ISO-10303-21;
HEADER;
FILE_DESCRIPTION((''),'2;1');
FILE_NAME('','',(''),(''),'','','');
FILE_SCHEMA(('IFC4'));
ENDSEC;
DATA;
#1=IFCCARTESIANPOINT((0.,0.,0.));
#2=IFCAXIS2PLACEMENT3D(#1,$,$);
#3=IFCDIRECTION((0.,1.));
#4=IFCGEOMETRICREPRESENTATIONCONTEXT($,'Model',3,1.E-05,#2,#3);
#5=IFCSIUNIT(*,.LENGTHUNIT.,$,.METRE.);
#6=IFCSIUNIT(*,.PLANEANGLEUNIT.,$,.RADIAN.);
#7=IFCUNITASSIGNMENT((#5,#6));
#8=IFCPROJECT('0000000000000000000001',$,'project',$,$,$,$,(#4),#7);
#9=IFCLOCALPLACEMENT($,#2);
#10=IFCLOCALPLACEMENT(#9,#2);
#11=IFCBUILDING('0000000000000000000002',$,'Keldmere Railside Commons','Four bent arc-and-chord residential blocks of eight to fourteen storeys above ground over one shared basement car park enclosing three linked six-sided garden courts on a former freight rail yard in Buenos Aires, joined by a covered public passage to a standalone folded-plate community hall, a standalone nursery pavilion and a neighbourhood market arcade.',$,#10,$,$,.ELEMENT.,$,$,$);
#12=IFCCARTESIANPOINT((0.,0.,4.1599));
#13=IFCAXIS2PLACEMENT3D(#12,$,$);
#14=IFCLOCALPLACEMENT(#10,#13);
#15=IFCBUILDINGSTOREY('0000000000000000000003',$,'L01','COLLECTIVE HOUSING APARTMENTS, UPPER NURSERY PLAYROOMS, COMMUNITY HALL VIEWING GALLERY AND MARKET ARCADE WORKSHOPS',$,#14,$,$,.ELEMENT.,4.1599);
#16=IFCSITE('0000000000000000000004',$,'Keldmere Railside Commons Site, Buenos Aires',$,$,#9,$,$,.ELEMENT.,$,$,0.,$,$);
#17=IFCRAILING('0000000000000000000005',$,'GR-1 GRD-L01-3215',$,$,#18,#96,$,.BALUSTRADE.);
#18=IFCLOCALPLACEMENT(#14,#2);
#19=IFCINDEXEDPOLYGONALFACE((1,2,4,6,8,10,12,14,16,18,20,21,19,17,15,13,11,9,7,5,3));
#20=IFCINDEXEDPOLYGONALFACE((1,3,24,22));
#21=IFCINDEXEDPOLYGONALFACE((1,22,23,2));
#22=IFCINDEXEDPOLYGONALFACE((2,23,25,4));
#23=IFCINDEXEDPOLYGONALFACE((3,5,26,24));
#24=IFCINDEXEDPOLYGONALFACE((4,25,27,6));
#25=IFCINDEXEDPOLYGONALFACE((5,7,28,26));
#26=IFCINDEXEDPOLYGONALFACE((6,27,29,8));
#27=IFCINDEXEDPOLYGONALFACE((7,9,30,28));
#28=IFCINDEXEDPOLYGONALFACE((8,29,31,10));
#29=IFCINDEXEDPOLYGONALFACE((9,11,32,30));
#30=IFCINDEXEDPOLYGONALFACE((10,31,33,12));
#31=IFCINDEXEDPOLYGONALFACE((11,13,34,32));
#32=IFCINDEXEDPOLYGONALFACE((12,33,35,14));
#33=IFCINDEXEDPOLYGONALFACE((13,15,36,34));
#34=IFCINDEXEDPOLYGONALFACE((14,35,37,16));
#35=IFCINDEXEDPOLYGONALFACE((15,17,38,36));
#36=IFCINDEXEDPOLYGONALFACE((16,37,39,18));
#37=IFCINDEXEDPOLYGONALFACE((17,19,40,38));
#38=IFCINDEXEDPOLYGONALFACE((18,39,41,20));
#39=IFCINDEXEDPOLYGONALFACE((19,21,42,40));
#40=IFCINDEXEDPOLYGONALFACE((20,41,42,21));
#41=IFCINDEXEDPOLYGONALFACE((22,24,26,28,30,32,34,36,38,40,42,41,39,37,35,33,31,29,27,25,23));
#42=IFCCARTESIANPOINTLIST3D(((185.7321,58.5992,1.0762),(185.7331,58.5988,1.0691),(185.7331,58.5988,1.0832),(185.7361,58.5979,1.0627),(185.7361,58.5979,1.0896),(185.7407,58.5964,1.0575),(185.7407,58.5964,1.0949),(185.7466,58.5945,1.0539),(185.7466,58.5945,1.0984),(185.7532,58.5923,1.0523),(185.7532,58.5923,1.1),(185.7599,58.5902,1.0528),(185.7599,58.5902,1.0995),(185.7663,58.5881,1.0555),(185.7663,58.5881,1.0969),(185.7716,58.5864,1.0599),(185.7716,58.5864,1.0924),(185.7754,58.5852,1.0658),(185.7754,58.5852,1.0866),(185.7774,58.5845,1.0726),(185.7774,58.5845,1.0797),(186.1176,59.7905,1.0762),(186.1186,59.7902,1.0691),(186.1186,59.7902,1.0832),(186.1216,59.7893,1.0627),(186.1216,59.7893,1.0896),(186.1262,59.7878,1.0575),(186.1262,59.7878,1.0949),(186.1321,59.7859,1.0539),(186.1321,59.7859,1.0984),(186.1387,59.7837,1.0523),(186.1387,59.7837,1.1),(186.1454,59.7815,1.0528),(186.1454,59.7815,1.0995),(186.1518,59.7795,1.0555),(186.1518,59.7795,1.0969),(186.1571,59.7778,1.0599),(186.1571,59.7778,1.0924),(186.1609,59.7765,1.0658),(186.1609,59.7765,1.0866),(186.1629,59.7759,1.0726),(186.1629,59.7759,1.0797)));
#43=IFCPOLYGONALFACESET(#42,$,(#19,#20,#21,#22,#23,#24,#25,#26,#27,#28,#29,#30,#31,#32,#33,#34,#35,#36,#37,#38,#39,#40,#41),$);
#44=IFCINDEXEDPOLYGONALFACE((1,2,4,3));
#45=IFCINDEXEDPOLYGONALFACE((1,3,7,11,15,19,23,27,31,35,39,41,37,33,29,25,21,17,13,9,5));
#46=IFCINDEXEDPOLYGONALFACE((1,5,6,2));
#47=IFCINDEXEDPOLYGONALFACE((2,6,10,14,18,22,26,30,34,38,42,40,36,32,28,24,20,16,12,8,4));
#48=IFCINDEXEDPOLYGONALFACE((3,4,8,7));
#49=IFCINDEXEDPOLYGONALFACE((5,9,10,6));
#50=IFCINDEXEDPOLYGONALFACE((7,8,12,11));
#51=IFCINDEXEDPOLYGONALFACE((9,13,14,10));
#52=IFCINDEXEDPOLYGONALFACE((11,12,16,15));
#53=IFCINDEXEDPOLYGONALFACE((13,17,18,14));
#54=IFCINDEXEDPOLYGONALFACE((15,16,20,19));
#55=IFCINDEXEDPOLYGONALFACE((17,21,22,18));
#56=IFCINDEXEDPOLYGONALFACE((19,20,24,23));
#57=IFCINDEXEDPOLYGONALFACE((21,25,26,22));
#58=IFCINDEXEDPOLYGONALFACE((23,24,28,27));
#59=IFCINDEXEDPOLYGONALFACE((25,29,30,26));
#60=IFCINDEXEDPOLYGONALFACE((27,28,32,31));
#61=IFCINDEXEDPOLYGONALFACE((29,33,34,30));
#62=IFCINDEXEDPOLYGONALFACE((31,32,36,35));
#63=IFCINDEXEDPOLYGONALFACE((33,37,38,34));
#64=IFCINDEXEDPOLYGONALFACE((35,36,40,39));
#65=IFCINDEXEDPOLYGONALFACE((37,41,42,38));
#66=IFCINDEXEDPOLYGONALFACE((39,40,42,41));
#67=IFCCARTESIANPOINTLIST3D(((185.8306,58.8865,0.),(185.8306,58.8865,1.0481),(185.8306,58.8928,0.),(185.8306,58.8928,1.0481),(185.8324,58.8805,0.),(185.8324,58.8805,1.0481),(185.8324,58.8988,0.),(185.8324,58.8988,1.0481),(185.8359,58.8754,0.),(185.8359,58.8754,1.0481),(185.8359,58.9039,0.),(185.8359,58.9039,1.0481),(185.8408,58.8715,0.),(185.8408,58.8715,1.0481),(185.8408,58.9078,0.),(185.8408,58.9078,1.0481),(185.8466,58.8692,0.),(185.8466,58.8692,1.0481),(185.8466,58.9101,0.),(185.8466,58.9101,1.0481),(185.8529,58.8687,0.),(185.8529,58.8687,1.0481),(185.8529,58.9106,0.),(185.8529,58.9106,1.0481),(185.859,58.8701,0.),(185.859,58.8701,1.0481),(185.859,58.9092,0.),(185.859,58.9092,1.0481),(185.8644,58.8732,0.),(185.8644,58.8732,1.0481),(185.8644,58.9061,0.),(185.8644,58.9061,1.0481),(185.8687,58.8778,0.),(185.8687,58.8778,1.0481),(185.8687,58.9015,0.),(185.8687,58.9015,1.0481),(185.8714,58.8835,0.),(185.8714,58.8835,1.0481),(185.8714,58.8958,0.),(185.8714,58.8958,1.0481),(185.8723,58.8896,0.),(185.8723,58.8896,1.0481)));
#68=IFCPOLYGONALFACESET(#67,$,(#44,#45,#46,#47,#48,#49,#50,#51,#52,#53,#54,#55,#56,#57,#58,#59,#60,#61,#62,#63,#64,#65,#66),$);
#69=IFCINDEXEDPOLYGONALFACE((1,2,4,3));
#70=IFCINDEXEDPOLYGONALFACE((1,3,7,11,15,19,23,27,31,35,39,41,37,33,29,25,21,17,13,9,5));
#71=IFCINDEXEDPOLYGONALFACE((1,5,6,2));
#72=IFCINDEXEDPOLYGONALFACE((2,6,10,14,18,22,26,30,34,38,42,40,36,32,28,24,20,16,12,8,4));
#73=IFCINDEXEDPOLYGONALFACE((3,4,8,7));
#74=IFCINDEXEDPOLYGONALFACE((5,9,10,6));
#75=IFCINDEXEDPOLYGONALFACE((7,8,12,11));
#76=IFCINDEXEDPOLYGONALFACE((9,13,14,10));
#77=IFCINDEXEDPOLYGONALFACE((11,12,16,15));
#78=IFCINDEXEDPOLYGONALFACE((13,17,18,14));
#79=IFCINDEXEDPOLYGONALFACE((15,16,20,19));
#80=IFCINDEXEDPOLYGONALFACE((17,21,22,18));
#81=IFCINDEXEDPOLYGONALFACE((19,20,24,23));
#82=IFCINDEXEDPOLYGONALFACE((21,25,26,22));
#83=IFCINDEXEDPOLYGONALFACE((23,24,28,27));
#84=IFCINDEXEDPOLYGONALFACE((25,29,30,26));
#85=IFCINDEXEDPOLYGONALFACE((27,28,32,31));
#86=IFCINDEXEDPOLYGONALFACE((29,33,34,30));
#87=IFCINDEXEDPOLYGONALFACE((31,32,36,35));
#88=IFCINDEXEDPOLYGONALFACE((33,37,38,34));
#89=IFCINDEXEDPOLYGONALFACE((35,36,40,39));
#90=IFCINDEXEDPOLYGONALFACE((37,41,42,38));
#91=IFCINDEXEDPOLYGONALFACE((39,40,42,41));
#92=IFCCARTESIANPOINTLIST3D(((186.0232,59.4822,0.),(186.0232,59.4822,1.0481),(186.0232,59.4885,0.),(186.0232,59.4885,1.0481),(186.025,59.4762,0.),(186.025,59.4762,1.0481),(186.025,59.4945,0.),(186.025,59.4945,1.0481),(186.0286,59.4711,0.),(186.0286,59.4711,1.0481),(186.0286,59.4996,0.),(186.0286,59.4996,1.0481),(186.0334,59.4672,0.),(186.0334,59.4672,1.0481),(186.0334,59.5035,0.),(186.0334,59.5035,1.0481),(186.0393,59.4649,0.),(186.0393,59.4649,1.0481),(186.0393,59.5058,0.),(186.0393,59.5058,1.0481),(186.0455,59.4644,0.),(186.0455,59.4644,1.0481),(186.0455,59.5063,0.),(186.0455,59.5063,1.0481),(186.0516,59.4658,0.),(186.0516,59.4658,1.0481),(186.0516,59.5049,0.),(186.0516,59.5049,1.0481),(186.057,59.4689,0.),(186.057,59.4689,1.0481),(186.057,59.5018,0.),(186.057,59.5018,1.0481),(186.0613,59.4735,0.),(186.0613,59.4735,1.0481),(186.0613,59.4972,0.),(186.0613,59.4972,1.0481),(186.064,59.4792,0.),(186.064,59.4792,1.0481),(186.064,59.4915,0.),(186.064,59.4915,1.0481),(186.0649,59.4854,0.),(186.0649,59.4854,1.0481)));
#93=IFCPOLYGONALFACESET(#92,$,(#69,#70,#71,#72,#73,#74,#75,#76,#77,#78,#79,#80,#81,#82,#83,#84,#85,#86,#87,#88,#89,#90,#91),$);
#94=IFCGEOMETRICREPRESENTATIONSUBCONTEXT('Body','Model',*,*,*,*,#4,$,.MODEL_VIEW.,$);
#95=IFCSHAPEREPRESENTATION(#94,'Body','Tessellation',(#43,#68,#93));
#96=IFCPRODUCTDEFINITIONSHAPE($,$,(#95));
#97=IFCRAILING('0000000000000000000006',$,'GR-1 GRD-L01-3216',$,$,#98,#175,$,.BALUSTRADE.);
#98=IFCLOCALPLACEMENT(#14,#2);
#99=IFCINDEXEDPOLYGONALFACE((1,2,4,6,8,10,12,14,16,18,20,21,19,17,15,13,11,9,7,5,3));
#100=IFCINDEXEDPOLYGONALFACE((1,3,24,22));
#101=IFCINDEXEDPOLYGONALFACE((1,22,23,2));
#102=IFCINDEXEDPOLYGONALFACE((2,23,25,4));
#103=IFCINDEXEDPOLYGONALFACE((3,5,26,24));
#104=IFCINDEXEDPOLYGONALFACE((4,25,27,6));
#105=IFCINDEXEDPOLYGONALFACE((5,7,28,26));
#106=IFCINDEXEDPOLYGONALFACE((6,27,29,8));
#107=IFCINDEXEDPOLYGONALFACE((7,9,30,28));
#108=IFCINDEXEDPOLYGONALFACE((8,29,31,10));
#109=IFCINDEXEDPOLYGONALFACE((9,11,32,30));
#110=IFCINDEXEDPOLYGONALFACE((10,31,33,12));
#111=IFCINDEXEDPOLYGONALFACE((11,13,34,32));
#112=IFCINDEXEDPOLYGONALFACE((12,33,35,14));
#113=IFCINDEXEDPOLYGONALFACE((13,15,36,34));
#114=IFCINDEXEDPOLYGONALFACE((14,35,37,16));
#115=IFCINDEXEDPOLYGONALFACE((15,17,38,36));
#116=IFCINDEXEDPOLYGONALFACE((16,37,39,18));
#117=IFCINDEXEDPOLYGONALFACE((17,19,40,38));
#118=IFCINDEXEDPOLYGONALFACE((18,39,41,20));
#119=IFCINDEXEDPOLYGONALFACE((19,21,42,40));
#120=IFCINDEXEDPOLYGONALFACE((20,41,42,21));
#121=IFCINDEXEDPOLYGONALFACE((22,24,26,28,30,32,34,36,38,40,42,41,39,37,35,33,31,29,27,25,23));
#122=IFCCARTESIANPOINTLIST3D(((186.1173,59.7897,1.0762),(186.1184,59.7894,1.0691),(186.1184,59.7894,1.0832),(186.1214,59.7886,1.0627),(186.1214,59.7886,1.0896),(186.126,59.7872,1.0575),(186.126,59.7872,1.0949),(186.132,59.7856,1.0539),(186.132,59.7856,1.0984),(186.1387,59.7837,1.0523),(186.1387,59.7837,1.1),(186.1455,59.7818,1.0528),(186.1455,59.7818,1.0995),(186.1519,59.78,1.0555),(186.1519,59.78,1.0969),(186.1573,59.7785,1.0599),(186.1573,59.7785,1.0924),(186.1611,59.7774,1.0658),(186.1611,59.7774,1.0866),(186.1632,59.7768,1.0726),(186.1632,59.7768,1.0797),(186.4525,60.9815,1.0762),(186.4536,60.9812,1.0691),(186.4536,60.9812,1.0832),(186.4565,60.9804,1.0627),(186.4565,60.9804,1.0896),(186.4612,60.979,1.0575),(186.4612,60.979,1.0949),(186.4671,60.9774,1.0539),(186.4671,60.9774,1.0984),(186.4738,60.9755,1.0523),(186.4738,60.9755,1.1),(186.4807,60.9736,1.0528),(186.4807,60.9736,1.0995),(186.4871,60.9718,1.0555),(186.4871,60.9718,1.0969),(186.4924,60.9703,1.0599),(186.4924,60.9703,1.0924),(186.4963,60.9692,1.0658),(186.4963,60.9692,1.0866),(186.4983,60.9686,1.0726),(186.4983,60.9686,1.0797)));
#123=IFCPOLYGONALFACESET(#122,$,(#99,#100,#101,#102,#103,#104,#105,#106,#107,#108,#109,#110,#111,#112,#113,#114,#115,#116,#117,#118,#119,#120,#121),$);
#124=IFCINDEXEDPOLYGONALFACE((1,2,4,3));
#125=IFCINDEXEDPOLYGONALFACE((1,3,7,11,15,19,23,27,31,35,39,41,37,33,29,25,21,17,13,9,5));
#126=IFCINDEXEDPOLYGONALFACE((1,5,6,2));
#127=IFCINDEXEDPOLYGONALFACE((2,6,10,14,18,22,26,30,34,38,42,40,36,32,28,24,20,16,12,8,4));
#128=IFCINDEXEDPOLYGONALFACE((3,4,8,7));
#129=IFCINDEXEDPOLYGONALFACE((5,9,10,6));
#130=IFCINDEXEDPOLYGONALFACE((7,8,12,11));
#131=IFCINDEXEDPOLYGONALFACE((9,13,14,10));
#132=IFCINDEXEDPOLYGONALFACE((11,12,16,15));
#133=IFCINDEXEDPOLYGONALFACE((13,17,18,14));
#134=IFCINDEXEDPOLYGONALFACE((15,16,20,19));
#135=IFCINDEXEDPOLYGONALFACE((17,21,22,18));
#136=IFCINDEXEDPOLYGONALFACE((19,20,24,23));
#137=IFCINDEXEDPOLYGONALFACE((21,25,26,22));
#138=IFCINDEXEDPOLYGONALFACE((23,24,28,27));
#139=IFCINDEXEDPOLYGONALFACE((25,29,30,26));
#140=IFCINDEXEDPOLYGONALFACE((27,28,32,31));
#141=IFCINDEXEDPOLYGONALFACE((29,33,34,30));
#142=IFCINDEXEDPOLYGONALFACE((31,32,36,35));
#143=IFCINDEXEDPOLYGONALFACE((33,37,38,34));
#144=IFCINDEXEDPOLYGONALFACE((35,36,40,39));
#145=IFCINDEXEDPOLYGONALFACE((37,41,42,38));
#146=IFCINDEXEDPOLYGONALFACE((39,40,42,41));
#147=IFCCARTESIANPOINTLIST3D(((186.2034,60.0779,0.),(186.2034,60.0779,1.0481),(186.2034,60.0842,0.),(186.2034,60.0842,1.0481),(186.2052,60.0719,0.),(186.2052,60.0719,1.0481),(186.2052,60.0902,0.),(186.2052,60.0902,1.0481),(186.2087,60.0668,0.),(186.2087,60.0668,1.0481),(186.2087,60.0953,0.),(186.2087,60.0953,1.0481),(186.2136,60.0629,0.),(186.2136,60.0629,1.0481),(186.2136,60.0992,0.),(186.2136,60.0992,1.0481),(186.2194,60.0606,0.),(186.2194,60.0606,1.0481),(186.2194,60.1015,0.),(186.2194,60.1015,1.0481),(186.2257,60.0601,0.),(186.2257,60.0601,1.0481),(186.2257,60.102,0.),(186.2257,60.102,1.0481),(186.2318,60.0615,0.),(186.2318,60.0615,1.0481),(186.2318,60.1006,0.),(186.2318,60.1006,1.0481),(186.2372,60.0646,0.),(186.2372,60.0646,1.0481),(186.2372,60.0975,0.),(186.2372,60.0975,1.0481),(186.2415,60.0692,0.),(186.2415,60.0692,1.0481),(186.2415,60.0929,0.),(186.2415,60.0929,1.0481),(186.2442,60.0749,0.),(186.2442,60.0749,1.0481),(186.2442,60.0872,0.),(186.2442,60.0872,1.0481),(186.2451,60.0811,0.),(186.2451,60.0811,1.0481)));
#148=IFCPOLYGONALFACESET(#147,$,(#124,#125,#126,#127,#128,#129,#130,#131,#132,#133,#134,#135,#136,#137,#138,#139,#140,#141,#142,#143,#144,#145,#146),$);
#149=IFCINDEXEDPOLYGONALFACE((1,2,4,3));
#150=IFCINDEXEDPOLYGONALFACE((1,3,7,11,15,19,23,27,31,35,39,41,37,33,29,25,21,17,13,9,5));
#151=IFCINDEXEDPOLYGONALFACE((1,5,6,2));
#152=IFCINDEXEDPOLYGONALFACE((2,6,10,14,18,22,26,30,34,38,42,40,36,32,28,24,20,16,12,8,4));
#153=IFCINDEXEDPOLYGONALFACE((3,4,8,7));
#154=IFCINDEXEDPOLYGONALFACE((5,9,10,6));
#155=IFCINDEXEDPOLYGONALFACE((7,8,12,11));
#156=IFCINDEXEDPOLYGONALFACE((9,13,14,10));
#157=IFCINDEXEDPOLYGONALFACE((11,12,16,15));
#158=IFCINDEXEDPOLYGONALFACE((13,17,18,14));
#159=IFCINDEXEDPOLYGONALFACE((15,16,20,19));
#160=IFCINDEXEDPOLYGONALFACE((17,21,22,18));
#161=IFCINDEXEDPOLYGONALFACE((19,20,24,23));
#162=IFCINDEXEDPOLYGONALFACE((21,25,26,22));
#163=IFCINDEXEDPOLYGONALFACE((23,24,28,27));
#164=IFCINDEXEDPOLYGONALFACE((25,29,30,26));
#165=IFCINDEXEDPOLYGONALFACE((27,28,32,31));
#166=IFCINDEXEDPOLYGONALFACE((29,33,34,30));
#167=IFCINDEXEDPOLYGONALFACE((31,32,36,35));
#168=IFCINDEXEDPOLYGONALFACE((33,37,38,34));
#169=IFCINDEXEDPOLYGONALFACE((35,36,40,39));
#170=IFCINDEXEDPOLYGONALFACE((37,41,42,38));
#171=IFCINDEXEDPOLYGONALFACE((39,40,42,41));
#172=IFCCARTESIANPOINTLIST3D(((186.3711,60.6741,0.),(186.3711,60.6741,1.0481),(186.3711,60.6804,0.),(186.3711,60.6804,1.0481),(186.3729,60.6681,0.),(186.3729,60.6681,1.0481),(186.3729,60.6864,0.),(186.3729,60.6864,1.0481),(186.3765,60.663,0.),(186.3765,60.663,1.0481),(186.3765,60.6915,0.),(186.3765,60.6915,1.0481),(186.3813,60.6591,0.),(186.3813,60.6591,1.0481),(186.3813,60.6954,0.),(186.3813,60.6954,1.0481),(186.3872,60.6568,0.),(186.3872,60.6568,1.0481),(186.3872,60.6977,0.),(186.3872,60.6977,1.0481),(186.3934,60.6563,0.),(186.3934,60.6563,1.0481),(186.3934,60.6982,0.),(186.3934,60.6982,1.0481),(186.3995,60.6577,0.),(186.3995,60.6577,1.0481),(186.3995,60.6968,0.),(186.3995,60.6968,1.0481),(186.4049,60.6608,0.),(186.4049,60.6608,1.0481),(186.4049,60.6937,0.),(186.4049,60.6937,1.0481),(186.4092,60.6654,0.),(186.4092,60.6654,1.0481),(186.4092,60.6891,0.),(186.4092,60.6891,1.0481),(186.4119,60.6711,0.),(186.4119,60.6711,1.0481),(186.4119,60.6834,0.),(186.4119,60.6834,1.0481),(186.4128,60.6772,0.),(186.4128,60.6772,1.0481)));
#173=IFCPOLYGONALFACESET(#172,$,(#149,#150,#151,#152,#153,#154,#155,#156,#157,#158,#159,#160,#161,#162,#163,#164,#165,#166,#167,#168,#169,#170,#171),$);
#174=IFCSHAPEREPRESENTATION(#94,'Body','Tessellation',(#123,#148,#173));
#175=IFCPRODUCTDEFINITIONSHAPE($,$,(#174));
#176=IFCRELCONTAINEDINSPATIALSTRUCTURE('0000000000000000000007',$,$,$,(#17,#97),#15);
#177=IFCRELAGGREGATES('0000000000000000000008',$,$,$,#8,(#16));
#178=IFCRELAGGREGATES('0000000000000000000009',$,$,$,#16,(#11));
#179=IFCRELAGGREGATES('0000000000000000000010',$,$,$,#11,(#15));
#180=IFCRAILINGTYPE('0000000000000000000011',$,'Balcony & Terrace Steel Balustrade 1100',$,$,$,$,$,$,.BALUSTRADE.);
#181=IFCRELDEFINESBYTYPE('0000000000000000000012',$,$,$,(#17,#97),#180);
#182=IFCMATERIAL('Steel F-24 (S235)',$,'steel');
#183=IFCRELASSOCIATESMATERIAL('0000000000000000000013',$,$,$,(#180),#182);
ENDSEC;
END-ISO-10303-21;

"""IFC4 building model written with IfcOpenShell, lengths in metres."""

from ifc_helpers import new_model, si_unit, direction, frame, origin, origin_2d, place, context, subcontext, project, spatial, circle, extrude, material, type_object, element, save


model = new_model("IFC4")

# Units and contexts
model_context = context("Model", 3, precision=1e-05, world=origin(), true_north=direction((0.0, 1.0)))
body_context = subcontext(model_context, "Body", "Model", "MODEL_VIEW")
ifc_project = project(units=[si_unit("LENGTHUNIT", "METRE"), si_unit("PLANEANGLEUNIT", "RADIAN")], contexts=[model_context])

# Site, building, storey
site_placement = place(None, origin())
site = spatial("IfcSite", under=ifc_project, at=site_placement, Name="Keldmere Railside Commons Site, Buenos Aires", CompositionType="ELEMENT", RefElevation=0.0)
building_placement = place(site_placement, origin())
building = spatial("IfcBuilding", under=site, at=building_placement, Name="Keldmere Railside Commons", Description="Four bent arc-and-chord residential blocks of eight to fourteen storeys above ground over one shared basement car park enclosing three linked six-sided garden courts on a former freight rail yard in Buenos Aires, joined by a covered public passage to a standalone folded-plate community hall, a standalone nursery pavilion and a neighbourhood market arcade.", CompositionType="ELEMENT")
storey_placement = place(building_placement, frame((0.0, 0.0, 4.1599)))
storey = spatial("IfcBuildingStorey", under=building, at=storey_placement, Name="L01", Description="COLLECTIVE HOUSING APARTMENTS, UPPER NURSERY PLAYROOMS, COMMUNITY HALL VIEWING GALLERY AND MARKET ARCADE WORKSHOPS", CompositionType="ELEMENT", Elevation=4.1599)

# Railings
ifc_material_1 = material(Name="Steel F-24 (S235)", Category="steel")
railing_type = type_object("IfcRailingType", Name="Balcony & Terrace Steel Balustrade 1100", PredefinedType="BALUSTRADE", material=ifc_material_1)
railing_1_placement = place(storey_placement, frame((185.7549, 58.5918, 0.0)))
element("IfcRailing", 1, at=railing_1_placement, inside=storey, type_object=railing_type, Name="GR-1 GRD-L01-3215", PredefinedType="BALUSTRADE", context=body_context, shape_type="SweptSolid", body=[
    extrude(circle(Radius=0.0239, at=origin_2d()), frame((0.0, 0.0, 1.0762), z_axis=(0.307851, 0.951434, 0.0), x_axis=(-0.951434, 0.307851, 0.0)), (0.0, 0.0, 1.0), 1.2522),
    extrude(circle(Radius=0.021, at=origin_2d()), frame((0.0964, 0.2979, 0.0)), (0.0, 0.0, 1.0), 1.0481),
    extrude(circle(Radius=0.021, at=origin_2d()), frame((0.2891, 0.8936, 0.0)), (0.0, 0.0, 1.0), 1.0481),
])
railing_2_placement = place(storey_placement, frame((186.1404, 59.7832, 0.0)))
element("IfcRailing", 2, at=railing_2_placement, inside=storey, type_object=railing_type, Name="GR-1 GRD-L01-3216", PredefinedType="BALUSTRADE", context=body_context, shape_type="SweptSolid", body=[
    extrude(circle(Radius=0.0239, at=origin_2d()), frame((0.0, 0.0, 1.0762), z_axis=(0.270734, 0.962654, 0.0), x_axis=(-0.962654, 0.270734, 0.0)), (0.0, 0.0, 1.0), 1.238),
    extrude(circle(Radius=0.021, at=origin_2d()), frame((0.0837, 0.2979, 0.0)), (0.0, 0.0, 1.0), 1.0481),
    extrude(circle(Radius=0.021, at=origin_2d()), frame((0.2515, 0.894, 0.0)), (0.0, 0.0, 1.0), 1.0481),
])

save(model, "model.ifc")
